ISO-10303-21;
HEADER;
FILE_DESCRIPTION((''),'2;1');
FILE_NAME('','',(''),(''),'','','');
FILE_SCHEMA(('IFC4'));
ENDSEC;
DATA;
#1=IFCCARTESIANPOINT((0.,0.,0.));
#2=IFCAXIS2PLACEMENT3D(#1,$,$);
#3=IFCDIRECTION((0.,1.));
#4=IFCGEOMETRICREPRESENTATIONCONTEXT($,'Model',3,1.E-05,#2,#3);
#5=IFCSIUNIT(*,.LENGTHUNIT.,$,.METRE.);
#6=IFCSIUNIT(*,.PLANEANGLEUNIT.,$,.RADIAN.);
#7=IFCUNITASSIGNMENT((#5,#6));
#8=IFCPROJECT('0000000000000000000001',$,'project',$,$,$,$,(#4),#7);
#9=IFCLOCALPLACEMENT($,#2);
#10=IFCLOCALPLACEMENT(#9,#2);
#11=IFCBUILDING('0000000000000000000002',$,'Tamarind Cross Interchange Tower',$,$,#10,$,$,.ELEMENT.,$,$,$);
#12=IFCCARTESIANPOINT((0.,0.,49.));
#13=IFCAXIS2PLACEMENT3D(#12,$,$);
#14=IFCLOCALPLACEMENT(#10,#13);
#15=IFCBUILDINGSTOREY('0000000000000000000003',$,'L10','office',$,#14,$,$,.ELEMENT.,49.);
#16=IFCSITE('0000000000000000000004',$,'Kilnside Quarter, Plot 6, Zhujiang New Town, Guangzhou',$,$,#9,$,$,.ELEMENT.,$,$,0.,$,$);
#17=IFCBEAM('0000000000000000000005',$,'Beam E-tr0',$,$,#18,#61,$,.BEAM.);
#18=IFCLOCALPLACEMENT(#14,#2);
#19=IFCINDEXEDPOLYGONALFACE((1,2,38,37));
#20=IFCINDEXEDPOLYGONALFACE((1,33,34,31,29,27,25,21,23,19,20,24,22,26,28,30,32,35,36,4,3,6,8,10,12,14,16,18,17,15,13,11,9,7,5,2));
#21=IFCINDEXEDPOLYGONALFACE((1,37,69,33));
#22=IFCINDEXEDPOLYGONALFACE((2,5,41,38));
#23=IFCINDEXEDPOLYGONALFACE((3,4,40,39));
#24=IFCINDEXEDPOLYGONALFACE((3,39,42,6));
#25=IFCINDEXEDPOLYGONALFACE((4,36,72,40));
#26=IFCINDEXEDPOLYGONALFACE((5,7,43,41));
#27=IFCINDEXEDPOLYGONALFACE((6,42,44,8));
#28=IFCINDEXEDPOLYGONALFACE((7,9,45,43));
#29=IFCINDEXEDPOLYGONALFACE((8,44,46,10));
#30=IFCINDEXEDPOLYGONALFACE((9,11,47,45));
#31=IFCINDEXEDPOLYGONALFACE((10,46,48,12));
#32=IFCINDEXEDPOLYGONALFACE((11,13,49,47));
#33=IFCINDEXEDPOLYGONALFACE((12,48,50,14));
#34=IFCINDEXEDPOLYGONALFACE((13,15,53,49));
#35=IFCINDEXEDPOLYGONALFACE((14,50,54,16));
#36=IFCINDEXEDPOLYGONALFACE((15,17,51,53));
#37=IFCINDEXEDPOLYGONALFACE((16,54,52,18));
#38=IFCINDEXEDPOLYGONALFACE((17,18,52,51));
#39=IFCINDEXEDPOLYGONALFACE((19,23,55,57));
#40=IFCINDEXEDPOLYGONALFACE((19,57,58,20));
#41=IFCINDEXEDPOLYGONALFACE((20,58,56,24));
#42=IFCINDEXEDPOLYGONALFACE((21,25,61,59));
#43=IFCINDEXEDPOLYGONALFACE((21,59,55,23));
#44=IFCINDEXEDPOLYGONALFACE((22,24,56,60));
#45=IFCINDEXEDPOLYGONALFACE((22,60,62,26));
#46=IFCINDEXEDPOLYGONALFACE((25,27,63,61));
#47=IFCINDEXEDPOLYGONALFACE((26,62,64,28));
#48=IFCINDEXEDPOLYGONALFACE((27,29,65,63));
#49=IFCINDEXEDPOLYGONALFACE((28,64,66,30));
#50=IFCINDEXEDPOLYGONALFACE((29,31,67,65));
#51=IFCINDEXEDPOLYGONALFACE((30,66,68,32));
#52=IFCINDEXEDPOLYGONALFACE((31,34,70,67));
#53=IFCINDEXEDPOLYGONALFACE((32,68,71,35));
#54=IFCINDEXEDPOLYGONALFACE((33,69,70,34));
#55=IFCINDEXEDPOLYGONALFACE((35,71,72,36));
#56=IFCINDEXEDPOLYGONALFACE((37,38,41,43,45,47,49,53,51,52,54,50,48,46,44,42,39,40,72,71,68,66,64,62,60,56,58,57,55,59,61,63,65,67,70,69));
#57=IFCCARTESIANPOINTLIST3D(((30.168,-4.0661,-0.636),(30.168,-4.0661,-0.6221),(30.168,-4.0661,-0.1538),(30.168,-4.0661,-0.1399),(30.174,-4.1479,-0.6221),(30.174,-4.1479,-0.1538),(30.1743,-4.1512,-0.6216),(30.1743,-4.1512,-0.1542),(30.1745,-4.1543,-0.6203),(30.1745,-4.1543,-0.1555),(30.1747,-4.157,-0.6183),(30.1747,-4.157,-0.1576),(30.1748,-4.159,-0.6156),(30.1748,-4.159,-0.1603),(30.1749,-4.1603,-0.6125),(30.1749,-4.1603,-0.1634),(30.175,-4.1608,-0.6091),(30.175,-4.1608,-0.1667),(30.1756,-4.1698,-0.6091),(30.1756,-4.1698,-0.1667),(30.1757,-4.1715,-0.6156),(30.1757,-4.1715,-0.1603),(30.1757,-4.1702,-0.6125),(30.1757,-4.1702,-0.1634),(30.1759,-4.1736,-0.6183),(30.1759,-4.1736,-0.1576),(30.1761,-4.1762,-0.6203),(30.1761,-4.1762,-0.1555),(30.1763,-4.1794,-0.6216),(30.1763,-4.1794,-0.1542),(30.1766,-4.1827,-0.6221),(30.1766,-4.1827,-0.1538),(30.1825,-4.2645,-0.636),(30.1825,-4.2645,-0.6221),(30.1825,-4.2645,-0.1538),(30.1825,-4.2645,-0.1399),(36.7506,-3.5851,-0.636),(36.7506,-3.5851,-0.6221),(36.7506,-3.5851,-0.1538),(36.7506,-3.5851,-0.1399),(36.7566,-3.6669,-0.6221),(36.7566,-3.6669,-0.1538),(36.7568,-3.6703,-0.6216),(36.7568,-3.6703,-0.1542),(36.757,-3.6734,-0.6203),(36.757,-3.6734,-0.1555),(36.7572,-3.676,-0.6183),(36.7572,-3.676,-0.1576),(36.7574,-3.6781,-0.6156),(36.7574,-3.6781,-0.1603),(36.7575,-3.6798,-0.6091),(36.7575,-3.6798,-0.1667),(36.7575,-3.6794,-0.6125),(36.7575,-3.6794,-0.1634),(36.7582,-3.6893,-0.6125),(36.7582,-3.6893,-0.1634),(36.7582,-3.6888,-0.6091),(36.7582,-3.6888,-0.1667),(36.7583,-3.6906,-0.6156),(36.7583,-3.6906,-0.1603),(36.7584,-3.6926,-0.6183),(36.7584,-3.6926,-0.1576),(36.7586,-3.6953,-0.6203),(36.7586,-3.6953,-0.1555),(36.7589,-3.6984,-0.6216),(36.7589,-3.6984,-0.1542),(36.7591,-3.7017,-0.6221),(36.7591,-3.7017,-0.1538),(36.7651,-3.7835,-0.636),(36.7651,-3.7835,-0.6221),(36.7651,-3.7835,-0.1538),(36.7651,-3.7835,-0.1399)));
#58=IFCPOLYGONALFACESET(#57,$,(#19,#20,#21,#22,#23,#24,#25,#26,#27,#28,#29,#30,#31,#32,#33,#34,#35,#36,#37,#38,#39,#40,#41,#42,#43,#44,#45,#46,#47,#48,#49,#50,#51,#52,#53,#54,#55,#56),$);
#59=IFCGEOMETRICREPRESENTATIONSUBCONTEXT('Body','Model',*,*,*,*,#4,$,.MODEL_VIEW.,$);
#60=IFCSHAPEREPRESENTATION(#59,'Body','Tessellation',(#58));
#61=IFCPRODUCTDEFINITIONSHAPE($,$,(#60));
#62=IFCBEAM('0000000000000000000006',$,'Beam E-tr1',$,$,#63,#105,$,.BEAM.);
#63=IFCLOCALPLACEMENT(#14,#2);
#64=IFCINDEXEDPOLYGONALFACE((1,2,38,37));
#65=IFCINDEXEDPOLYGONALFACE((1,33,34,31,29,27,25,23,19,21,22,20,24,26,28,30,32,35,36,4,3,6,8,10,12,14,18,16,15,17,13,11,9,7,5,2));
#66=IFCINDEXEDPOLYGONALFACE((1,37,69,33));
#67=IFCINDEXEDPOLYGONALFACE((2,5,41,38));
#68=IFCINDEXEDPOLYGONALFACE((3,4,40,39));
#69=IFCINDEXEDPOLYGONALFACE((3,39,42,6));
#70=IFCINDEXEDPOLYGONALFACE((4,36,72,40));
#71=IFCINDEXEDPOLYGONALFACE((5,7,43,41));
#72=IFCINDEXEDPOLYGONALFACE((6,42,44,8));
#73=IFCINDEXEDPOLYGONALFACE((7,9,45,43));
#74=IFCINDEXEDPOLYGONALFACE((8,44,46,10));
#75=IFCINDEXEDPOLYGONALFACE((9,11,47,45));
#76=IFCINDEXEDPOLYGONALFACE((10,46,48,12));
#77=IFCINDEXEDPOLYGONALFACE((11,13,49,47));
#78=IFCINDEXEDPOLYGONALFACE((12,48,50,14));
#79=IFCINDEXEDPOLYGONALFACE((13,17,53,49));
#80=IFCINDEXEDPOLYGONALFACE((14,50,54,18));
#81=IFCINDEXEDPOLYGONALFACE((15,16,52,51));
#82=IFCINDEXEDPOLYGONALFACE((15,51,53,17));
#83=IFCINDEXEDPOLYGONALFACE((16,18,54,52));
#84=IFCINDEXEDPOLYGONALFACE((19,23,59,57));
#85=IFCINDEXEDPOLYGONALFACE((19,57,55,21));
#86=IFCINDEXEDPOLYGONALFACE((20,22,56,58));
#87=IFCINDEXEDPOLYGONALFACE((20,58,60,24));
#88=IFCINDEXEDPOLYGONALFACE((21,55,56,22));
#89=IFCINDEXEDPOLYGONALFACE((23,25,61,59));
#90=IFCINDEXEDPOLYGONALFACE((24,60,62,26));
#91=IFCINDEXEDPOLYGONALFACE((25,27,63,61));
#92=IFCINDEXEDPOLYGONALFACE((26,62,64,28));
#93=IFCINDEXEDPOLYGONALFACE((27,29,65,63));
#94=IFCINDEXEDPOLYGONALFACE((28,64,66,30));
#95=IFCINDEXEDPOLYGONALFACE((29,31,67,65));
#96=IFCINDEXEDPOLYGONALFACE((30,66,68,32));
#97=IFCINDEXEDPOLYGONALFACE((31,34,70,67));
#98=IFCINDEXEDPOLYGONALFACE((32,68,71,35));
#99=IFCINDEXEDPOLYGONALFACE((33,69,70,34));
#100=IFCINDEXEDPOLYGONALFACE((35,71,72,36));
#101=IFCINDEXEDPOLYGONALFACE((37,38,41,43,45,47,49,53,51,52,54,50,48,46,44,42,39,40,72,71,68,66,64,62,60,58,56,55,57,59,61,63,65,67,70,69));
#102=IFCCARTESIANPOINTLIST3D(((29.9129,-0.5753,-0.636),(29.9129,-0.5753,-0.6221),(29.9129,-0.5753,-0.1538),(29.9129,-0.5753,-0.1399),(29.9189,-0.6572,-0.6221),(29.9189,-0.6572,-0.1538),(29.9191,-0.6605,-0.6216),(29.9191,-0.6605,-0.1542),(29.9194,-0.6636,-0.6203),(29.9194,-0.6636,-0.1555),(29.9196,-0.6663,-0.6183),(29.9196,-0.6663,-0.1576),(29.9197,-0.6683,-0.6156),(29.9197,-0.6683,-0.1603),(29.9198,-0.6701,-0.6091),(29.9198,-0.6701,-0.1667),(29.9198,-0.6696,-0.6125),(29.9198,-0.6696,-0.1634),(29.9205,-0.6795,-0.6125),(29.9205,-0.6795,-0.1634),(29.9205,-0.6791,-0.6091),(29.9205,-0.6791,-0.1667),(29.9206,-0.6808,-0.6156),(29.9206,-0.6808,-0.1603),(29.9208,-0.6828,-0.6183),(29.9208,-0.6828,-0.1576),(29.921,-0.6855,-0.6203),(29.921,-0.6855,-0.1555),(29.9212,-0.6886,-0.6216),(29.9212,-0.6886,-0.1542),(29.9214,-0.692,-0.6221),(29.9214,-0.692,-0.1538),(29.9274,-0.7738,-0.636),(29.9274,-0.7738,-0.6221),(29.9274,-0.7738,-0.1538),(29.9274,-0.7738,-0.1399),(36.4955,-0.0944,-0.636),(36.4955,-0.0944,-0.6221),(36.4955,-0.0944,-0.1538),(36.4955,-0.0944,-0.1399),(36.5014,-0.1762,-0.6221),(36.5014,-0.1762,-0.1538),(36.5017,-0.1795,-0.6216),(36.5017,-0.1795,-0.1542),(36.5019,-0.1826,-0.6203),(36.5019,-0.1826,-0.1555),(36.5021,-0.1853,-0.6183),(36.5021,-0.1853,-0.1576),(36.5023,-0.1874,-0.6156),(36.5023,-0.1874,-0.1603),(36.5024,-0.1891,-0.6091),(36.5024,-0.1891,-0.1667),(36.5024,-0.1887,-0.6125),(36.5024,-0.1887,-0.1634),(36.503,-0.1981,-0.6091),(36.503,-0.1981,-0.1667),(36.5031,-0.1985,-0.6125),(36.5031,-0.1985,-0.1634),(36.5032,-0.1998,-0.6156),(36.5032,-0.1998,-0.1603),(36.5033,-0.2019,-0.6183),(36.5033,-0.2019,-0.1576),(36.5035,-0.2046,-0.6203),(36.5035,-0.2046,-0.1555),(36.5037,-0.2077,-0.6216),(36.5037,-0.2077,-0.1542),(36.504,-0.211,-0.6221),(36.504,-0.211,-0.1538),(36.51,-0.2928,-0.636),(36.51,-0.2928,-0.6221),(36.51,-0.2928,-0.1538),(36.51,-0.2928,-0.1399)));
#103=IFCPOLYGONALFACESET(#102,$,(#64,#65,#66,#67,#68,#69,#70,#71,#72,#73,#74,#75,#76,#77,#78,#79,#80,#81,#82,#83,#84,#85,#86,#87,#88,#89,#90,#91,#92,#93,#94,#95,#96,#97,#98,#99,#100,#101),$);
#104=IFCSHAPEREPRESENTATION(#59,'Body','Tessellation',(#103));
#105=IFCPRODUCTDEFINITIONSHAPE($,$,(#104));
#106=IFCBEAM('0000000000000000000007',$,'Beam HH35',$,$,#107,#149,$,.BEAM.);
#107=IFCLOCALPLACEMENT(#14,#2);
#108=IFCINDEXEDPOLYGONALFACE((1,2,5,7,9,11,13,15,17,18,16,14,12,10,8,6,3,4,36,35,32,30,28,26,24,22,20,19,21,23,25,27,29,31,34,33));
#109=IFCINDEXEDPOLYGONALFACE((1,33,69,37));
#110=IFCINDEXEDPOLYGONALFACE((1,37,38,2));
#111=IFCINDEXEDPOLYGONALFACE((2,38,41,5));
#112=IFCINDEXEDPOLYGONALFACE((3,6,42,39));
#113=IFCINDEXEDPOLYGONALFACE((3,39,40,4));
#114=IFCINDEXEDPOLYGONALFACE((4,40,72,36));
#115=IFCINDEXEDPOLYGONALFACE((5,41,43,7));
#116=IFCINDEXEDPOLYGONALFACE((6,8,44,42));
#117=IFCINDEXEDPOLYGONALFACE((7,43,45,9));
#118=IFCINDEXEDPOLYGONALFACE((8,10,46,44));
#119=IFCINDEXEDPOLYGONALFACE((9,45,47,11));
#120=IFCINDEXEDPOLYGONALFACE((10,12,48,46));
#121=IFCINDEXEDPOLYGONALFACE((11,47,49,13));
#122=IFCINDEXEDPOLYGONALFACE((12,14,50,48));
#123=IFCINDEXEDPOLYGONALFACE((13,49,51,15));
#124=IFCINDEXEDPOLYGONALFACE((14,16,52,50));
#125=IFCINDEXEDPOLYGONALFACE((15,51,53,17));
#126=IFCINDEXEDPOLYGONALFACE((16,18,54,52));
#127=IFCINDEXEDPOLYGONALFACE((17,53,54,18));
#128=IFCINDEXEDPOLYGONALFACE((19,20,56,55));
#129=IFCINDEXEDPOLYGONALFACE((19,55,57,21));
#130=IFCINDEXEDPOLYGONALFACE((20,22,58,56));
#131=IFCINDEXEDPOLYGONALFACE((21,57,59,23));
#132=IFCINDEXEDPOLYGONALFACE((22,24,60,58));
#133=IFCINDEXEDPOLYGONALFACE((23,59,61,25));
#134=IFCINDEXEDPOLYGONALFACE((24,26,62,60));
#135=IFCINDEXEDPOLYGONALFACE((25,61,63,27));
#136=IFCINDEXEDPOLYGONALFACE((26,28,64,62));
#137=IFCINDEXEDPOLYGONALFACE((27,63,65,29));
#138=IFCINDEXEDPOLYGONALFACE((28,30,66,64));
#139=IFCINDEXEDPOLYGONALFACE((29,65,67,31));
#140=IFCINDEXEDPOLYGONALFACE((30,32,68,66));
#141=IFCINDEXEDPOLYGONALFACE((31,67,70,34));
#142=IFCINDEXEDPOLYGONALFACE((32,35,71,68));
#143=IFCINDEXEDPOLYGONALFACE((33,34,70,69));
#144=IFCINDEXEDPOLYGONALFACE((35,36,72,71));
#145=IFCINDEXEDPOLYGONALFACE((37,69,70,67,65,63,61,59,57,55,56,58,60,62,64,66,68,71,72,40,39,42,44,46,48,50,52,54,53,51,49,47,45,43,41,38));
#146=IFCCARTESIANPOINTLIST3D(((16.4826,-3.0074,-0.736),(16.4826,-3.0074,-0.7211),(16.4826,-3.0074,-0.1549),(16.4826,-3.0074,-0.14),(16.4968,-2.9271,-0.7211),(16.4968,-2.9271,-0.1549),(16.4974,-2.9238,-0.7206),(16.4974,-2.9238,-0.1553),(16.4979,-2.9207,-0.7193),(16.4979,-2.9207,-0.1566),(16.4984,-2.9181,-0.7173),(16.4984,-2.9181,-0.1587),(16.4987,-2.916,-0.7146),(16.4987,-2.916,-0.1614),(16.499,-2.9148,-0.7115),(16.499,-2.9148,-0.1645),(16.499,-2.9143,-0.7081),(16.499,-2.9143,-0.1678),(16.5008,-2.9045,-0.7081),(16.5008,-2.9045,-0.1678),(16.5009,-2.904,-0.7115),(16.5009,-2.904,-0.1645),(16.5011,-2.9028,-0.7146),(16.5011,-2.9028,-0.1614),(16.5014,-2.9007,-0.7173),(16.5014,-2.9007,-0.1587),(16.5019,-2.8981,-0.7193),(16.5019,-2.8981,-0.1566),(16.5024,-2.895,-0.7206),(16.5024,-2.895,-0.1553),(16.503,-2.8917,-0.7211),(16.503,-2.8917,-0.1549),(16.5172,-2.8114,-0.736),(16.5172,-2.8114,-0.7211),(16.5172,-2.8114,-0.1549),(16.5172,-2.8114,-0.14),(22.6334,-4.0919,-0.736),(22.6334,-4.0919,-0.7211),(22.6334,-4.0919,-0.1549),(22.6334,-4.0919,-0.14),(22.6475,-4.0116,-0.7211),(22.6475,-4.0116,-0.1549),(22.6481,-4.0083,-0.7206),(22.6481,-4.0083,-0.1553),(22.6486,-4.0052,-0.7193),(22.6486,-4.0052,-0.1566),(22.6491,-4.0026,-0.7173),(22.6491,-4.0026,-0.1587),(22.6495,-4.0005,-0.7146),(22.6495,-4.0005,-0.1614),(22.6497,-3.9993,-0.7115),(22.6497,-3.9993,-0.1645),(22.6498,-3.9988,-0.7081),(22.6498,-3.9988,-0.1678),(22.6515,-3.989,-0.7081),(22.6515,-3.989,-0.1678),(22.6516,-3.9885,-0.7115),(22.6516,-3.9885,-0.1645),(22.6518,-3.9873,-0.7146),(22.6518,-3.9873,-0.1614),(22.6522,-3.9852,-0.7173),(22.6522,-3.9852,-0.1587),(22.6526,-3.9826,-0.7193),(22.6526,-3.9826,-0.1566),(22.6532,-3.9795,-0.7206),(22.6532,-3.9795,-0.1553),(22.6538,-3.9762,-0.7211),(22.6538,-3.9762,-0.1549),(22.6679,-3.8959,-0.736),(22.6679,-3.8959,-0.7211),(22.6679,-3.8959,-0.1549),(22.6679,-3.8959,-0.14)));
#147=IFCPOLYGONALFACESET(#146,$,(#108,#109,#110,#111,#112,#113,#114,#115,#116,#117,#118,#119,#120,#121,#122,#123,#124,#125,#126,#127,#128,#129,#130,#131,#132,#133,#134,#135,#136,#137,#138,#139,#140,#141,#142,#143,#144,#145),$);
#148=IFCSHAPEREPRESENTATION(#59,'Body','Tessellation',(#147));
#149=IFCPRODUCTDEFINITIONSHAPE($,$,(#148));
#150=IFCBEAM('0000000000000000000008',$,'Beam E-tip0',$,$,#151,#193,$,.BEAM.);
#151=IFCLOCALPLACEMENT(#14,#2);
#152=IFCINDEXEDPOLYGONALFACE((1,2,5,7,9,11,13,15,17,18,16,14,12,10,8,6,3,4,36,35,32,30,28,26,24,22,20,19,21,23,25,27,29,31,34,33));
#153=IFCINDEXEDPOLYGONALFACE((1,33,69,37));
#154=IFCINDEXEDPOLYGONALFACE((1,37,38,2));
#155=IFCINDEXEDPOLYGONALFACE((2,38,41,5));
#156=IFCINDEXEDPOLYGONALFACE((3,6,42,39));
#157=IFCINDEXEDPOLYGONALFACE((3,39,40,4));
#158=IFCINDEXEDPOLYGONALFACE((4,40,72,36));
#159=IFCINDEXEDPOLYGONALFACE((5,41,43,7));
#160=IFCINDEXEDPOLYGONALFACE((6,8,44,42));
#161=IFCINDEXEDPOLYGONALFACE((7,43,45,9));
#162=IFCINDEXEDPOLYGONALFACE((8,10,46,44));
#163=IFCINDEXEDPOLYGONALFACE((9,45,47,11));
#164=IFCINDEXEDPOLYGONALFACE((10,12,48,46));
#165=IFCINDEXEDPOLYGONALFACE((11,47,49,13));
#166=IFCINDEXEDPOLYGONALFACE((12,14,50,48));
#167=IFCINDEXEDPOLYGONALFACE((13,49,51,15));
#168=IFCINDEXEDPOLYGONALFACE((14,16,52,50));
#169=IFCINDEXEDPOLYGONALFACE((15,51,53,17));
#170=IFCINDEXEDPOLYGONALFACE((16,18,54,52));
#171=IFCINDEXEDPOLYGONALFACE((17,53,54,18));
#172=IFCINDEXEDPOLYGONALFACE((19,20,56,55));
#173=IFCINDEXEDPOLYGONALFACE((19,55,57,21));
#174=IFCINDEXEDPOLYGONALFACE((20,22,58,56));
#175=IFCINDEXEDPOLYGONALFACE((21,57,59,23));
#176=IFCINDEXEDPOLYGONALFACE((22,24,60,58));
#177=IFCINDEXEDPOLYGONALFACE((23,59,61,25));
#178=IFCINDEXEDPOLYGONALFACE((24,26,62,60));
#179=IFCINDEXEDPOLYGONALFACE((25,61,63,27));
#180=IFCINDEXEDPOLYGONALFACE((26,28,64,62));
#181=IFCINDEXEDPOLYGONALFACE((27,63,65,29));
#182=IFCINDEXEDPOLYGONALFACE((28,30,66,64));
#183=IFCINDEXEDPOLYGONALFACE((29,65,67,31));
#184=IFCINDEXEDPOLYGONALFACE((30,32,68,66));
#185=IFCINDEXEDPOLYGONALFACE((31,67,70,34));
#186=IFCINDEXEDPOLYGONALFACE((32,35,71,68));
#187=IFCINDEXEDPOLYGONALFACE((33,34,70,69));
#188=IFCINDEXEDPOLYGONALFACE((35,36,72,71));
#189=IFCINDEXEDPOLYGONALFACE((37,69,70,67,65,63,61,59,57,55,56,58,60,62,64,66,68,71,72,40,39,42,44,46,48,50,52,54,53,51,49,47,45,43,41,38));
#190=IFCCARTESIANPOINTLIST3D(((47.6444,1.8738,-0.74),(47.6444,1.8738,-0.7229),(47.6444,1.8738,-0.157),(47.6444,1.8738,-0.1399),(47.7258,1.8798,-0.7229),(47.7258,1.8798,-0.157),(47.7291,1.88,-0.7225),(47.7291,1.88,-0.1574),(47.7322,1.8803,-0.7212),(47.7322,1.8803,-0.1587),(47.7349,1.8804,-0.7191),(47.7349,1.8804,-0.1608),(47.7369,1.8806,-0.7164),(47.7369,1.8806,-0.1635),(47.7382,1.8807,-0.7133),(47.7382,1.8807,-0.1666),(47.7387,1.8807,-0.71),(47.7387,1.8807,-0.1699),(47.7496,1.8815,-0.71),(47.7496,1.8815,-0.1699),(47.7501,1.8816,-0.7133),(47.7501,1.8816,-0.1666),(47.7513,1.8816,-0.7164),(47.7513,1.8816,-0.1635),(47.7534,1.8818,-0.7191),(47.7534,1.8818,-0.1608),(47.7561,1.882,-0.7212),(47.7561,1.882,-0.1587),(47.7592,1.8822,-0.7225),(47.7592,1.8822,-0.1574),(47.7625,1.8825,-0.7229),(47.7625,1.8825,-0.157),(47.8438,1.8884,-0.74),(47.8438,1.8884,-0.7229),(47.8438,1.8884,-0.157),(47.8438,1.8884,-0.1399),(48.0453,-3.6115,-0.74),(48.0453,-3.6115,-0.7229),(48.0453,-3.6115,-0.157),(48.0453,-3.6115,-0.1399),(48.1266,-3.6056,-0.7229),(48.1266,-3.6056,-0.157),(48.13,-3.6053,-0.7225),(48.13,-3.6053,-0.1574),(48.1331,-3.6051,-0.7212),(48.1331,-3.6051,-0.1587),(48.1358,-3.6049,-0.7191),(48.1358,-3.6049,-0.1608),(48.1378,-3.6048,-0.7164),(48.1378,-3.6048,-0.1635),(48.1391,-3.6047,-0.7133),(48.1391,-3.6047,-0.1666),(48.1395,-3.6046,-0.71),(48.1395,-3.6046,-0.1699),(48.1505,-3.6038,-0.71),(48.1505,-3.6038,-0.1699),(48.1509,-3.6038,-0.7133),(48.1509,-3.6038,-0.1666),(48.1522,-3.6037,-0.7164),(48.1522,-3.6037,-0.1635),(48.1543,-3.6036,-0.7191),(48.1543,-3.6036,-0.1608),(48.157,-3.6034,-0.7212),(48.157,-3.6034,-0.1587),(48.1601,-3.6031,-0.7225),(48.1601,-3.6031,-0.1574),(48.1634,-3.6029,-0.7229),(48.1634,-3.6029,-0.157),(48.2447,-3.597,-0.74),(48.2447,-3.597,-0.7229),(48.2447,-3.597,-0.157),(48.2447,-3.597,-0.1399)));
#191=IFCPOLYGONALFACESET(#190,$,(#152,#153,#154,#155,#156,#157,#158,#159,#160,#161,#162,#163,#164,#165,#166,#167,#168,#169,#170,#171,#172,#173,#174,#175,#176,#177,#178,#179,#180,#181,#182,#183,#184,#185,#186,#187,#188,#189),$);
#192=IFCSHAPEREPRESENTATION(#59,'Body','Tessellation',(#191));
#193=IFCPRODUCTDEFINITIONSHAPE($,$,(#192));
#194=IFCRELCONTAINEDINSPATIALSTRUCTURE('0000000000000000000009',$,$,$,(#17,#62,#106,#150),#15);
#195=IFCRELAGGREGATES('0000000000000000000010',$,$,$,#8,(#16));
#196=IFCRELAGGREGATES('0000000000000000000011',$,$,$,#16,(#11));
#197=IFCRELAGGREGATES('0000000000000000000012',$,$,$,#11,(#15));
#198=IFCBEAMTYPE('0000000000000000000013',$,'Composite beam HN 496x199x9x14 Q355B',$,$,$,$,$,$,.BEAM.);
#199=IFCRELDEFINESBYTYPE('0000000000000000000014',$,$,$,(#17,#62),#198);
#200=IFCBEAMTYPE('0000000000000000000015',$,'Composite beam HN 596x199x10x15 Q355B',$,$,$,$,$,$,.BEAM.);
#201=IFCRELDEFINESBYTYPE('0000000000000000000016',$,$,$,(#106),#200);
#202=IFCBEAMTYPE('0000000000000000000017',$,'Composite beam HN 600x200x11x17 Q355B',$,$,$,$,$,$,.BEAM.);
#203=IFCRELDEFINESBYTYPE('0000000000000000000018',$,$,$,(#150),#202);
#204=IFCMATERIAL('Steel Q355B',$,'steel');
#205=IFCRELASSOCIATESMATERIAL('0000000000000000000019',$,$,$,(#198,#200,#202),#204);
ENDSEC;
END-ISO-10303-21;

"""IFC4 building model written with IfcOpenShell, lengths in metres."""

from ifc_helpers import new_model, si_unit, direction, frame, origin, origin_2d, place, context, subcontext, project, spatial, i_section, extrude, material, material_profile, profile_set, type_object, element, save


model = new_model("IFC4")

# Units and contexts
model_context = context("Model", 3, precision=1e-05, world=origin(), true_north=direction((0.0, 1.0)))
body_context = subcontext(model_context, "Body", "Model", "MODEL_VIEW")
ifc_project = project(units=[si_unit("LENGTHUNIT", "METRE"), si_unit("PLANEANGLEUNIT", "RADIAN")], contexts=[model_context])

# Site, building, storey
site_placement = place(None, origin())
site = spatial("IfcSite", under=ifc_project, at=site_placement, Name="Kilnside Quarter, Plot 6, Zhujiang New Town, Guangzhou", CompositionType="ELEMENT", RefElevation=0.0)
building_placement = place(site_placement, origin())
building = spatial("IfcBuilding", under=site, at=building_placement, Name="Tamarind Cross Interchange Tower", CompositionType="ELEMENT")
storey_placement = place(building_placement, frame((0.0, 0.0, 49.0)))
storey = spatial("IfcBuildingStorey", under=building, at=storey_placement, Name="L10", Description="office", CompositionType="ELEMENT", Elevation=49.0)

# Beams
ifc_material_1 = material(Name="Steel Q355B", Category="steel")
ifc_material_profile_1 = material_profile(ifc_material_1, i_section(OverallWidth=0.199, OverallDepth=0.4961, WebThickness=0.009, FlangeThickness=0.0139, FilletRadius=0.0129, at=origin_2d()), Name="HN 496x199x9x14")
ifc_profile_set_1 = profile_set([ifc_material_profile_1], Name="Steel Q355B")
beam_type_1 = type_object("IfcBeamType", Name="Composite beam HN 496x199x9x14 Q355B", PredefinedType="BEAM", material=ifc_profile_set_1)
for number, where, z_axis, x_axis, name in (
    (1, (30.1753, -4.1653, -0.3879), (0.997341, 0.072872, 0.0), (-0.072872, 0.997341, 0.0), "Beam E-tr0"),
    (2, (29.9202, -0.6746, -0.3879), (0.997341, 0.072872, 0.0), (-0.072872, 0.997341, 0.0), "Beam E-tr1"),
):
    element("IfcBeam", number, at=place(storey_placement, frame(where, z_axis=z_axis, x_axis=x_axis)), inside=storey, type_object=beam_type_1, Name=name, PredefinedType="BEAM", context=body_context, shape_type="SweptSolid", body=[
        extrude(i_section(OverallWidth=0.199, OverallDepth=0.4961, WebThickness=0.009, FlangeThickness=0.0139, FilletRadius=0.0129, at=origin_2d()), origin(), (0.0, 0.0, 1.0), 6.6001),
    ])
ifc_material_profile_2 = material_profile(ifc_material_1, i_section(OverallWidth=0.199, OverallDepth=0.5959, WebThickness=0.01, FlangeThickness=0.0149, FilletRadius=0.0129, at=origin_2d()), Name="HN 596x199x10x15")
ifc_profile_set_2 = profile_set([ifc_material_profile_2], Name="Steel Q355B")
beam_type_2 = type_object("IfcBeamType", Name="Composite beam HN 596x199x10x15 Q355B", PredefinedType="BEAM", material=ifc_profile_set_2)
beam_1_placement = place(storey_placement, frame((22.6506, -3.9939, -0.438), z_axis=(-0.984809, 0.17364, 0.0), x_axis=(-0.17364, -0.984809, 0.0)))
element("IfcBeam", 3, at=beam_1_placement, inside=storey, type_object=beam_type_2, Name="Beam HH35", PredefinedType="BEAM", context=body_context, shape_type="SweptSolid", body=[
    extrude(i_section(OverallWidth=0.199, OverallDepth=0.5959, WebThickness=0.01, FlangeThickness=0.0149, FilletRadius=0.0129, at=origin_2d()), origin(), (0.0, 0.0, 1.0), 6.2456),
])
ifc_material_profile_3 = material_profile(ifc_material_1, i_section(OverallWidth=0.2, OverallDepth=0.6001, WebThickness=0.011, FlangeThickness=0.0171, FilletRadius=0.0129, at=origin_2d()), Name="HN 600x200x11x17")
ifc_profile_set_3 = profile_set([ifc_material_profile_3], Name="Steel Q355B")
beam_type_3 = type_object("IfcBeamType", Name="Composite beam HN 600x200x11x17 Q355B", PredefinedType="BEAM", material=ifc_profile_set_3)
beam_2_placement = place(storey_placement, frame((48.145, -3.6042, -0.4399), z_axis=(-0.072887, 0.99734, 0.0), x_axis=(-0.99734, -0.072887, 0.0)))
element("IfcBeam", 4, at=beam_2_placement, inside=storey, type_object=beam_type_3, Name="Beam E-tip0", PredefinedType="BEAM", context=body_context, shape_type="SweptSolid", body=[
    extrude(i_section(OverallWidth=0.2, OverallDepth=0.6001, WebThickness=0.011, FlangeThickness=0.0171, FilletRadius=0.0129, at=origin_2d()), origin(), (0.0, 0.0, 1.0), 5.5),
])

save(model, "model.ifc")
